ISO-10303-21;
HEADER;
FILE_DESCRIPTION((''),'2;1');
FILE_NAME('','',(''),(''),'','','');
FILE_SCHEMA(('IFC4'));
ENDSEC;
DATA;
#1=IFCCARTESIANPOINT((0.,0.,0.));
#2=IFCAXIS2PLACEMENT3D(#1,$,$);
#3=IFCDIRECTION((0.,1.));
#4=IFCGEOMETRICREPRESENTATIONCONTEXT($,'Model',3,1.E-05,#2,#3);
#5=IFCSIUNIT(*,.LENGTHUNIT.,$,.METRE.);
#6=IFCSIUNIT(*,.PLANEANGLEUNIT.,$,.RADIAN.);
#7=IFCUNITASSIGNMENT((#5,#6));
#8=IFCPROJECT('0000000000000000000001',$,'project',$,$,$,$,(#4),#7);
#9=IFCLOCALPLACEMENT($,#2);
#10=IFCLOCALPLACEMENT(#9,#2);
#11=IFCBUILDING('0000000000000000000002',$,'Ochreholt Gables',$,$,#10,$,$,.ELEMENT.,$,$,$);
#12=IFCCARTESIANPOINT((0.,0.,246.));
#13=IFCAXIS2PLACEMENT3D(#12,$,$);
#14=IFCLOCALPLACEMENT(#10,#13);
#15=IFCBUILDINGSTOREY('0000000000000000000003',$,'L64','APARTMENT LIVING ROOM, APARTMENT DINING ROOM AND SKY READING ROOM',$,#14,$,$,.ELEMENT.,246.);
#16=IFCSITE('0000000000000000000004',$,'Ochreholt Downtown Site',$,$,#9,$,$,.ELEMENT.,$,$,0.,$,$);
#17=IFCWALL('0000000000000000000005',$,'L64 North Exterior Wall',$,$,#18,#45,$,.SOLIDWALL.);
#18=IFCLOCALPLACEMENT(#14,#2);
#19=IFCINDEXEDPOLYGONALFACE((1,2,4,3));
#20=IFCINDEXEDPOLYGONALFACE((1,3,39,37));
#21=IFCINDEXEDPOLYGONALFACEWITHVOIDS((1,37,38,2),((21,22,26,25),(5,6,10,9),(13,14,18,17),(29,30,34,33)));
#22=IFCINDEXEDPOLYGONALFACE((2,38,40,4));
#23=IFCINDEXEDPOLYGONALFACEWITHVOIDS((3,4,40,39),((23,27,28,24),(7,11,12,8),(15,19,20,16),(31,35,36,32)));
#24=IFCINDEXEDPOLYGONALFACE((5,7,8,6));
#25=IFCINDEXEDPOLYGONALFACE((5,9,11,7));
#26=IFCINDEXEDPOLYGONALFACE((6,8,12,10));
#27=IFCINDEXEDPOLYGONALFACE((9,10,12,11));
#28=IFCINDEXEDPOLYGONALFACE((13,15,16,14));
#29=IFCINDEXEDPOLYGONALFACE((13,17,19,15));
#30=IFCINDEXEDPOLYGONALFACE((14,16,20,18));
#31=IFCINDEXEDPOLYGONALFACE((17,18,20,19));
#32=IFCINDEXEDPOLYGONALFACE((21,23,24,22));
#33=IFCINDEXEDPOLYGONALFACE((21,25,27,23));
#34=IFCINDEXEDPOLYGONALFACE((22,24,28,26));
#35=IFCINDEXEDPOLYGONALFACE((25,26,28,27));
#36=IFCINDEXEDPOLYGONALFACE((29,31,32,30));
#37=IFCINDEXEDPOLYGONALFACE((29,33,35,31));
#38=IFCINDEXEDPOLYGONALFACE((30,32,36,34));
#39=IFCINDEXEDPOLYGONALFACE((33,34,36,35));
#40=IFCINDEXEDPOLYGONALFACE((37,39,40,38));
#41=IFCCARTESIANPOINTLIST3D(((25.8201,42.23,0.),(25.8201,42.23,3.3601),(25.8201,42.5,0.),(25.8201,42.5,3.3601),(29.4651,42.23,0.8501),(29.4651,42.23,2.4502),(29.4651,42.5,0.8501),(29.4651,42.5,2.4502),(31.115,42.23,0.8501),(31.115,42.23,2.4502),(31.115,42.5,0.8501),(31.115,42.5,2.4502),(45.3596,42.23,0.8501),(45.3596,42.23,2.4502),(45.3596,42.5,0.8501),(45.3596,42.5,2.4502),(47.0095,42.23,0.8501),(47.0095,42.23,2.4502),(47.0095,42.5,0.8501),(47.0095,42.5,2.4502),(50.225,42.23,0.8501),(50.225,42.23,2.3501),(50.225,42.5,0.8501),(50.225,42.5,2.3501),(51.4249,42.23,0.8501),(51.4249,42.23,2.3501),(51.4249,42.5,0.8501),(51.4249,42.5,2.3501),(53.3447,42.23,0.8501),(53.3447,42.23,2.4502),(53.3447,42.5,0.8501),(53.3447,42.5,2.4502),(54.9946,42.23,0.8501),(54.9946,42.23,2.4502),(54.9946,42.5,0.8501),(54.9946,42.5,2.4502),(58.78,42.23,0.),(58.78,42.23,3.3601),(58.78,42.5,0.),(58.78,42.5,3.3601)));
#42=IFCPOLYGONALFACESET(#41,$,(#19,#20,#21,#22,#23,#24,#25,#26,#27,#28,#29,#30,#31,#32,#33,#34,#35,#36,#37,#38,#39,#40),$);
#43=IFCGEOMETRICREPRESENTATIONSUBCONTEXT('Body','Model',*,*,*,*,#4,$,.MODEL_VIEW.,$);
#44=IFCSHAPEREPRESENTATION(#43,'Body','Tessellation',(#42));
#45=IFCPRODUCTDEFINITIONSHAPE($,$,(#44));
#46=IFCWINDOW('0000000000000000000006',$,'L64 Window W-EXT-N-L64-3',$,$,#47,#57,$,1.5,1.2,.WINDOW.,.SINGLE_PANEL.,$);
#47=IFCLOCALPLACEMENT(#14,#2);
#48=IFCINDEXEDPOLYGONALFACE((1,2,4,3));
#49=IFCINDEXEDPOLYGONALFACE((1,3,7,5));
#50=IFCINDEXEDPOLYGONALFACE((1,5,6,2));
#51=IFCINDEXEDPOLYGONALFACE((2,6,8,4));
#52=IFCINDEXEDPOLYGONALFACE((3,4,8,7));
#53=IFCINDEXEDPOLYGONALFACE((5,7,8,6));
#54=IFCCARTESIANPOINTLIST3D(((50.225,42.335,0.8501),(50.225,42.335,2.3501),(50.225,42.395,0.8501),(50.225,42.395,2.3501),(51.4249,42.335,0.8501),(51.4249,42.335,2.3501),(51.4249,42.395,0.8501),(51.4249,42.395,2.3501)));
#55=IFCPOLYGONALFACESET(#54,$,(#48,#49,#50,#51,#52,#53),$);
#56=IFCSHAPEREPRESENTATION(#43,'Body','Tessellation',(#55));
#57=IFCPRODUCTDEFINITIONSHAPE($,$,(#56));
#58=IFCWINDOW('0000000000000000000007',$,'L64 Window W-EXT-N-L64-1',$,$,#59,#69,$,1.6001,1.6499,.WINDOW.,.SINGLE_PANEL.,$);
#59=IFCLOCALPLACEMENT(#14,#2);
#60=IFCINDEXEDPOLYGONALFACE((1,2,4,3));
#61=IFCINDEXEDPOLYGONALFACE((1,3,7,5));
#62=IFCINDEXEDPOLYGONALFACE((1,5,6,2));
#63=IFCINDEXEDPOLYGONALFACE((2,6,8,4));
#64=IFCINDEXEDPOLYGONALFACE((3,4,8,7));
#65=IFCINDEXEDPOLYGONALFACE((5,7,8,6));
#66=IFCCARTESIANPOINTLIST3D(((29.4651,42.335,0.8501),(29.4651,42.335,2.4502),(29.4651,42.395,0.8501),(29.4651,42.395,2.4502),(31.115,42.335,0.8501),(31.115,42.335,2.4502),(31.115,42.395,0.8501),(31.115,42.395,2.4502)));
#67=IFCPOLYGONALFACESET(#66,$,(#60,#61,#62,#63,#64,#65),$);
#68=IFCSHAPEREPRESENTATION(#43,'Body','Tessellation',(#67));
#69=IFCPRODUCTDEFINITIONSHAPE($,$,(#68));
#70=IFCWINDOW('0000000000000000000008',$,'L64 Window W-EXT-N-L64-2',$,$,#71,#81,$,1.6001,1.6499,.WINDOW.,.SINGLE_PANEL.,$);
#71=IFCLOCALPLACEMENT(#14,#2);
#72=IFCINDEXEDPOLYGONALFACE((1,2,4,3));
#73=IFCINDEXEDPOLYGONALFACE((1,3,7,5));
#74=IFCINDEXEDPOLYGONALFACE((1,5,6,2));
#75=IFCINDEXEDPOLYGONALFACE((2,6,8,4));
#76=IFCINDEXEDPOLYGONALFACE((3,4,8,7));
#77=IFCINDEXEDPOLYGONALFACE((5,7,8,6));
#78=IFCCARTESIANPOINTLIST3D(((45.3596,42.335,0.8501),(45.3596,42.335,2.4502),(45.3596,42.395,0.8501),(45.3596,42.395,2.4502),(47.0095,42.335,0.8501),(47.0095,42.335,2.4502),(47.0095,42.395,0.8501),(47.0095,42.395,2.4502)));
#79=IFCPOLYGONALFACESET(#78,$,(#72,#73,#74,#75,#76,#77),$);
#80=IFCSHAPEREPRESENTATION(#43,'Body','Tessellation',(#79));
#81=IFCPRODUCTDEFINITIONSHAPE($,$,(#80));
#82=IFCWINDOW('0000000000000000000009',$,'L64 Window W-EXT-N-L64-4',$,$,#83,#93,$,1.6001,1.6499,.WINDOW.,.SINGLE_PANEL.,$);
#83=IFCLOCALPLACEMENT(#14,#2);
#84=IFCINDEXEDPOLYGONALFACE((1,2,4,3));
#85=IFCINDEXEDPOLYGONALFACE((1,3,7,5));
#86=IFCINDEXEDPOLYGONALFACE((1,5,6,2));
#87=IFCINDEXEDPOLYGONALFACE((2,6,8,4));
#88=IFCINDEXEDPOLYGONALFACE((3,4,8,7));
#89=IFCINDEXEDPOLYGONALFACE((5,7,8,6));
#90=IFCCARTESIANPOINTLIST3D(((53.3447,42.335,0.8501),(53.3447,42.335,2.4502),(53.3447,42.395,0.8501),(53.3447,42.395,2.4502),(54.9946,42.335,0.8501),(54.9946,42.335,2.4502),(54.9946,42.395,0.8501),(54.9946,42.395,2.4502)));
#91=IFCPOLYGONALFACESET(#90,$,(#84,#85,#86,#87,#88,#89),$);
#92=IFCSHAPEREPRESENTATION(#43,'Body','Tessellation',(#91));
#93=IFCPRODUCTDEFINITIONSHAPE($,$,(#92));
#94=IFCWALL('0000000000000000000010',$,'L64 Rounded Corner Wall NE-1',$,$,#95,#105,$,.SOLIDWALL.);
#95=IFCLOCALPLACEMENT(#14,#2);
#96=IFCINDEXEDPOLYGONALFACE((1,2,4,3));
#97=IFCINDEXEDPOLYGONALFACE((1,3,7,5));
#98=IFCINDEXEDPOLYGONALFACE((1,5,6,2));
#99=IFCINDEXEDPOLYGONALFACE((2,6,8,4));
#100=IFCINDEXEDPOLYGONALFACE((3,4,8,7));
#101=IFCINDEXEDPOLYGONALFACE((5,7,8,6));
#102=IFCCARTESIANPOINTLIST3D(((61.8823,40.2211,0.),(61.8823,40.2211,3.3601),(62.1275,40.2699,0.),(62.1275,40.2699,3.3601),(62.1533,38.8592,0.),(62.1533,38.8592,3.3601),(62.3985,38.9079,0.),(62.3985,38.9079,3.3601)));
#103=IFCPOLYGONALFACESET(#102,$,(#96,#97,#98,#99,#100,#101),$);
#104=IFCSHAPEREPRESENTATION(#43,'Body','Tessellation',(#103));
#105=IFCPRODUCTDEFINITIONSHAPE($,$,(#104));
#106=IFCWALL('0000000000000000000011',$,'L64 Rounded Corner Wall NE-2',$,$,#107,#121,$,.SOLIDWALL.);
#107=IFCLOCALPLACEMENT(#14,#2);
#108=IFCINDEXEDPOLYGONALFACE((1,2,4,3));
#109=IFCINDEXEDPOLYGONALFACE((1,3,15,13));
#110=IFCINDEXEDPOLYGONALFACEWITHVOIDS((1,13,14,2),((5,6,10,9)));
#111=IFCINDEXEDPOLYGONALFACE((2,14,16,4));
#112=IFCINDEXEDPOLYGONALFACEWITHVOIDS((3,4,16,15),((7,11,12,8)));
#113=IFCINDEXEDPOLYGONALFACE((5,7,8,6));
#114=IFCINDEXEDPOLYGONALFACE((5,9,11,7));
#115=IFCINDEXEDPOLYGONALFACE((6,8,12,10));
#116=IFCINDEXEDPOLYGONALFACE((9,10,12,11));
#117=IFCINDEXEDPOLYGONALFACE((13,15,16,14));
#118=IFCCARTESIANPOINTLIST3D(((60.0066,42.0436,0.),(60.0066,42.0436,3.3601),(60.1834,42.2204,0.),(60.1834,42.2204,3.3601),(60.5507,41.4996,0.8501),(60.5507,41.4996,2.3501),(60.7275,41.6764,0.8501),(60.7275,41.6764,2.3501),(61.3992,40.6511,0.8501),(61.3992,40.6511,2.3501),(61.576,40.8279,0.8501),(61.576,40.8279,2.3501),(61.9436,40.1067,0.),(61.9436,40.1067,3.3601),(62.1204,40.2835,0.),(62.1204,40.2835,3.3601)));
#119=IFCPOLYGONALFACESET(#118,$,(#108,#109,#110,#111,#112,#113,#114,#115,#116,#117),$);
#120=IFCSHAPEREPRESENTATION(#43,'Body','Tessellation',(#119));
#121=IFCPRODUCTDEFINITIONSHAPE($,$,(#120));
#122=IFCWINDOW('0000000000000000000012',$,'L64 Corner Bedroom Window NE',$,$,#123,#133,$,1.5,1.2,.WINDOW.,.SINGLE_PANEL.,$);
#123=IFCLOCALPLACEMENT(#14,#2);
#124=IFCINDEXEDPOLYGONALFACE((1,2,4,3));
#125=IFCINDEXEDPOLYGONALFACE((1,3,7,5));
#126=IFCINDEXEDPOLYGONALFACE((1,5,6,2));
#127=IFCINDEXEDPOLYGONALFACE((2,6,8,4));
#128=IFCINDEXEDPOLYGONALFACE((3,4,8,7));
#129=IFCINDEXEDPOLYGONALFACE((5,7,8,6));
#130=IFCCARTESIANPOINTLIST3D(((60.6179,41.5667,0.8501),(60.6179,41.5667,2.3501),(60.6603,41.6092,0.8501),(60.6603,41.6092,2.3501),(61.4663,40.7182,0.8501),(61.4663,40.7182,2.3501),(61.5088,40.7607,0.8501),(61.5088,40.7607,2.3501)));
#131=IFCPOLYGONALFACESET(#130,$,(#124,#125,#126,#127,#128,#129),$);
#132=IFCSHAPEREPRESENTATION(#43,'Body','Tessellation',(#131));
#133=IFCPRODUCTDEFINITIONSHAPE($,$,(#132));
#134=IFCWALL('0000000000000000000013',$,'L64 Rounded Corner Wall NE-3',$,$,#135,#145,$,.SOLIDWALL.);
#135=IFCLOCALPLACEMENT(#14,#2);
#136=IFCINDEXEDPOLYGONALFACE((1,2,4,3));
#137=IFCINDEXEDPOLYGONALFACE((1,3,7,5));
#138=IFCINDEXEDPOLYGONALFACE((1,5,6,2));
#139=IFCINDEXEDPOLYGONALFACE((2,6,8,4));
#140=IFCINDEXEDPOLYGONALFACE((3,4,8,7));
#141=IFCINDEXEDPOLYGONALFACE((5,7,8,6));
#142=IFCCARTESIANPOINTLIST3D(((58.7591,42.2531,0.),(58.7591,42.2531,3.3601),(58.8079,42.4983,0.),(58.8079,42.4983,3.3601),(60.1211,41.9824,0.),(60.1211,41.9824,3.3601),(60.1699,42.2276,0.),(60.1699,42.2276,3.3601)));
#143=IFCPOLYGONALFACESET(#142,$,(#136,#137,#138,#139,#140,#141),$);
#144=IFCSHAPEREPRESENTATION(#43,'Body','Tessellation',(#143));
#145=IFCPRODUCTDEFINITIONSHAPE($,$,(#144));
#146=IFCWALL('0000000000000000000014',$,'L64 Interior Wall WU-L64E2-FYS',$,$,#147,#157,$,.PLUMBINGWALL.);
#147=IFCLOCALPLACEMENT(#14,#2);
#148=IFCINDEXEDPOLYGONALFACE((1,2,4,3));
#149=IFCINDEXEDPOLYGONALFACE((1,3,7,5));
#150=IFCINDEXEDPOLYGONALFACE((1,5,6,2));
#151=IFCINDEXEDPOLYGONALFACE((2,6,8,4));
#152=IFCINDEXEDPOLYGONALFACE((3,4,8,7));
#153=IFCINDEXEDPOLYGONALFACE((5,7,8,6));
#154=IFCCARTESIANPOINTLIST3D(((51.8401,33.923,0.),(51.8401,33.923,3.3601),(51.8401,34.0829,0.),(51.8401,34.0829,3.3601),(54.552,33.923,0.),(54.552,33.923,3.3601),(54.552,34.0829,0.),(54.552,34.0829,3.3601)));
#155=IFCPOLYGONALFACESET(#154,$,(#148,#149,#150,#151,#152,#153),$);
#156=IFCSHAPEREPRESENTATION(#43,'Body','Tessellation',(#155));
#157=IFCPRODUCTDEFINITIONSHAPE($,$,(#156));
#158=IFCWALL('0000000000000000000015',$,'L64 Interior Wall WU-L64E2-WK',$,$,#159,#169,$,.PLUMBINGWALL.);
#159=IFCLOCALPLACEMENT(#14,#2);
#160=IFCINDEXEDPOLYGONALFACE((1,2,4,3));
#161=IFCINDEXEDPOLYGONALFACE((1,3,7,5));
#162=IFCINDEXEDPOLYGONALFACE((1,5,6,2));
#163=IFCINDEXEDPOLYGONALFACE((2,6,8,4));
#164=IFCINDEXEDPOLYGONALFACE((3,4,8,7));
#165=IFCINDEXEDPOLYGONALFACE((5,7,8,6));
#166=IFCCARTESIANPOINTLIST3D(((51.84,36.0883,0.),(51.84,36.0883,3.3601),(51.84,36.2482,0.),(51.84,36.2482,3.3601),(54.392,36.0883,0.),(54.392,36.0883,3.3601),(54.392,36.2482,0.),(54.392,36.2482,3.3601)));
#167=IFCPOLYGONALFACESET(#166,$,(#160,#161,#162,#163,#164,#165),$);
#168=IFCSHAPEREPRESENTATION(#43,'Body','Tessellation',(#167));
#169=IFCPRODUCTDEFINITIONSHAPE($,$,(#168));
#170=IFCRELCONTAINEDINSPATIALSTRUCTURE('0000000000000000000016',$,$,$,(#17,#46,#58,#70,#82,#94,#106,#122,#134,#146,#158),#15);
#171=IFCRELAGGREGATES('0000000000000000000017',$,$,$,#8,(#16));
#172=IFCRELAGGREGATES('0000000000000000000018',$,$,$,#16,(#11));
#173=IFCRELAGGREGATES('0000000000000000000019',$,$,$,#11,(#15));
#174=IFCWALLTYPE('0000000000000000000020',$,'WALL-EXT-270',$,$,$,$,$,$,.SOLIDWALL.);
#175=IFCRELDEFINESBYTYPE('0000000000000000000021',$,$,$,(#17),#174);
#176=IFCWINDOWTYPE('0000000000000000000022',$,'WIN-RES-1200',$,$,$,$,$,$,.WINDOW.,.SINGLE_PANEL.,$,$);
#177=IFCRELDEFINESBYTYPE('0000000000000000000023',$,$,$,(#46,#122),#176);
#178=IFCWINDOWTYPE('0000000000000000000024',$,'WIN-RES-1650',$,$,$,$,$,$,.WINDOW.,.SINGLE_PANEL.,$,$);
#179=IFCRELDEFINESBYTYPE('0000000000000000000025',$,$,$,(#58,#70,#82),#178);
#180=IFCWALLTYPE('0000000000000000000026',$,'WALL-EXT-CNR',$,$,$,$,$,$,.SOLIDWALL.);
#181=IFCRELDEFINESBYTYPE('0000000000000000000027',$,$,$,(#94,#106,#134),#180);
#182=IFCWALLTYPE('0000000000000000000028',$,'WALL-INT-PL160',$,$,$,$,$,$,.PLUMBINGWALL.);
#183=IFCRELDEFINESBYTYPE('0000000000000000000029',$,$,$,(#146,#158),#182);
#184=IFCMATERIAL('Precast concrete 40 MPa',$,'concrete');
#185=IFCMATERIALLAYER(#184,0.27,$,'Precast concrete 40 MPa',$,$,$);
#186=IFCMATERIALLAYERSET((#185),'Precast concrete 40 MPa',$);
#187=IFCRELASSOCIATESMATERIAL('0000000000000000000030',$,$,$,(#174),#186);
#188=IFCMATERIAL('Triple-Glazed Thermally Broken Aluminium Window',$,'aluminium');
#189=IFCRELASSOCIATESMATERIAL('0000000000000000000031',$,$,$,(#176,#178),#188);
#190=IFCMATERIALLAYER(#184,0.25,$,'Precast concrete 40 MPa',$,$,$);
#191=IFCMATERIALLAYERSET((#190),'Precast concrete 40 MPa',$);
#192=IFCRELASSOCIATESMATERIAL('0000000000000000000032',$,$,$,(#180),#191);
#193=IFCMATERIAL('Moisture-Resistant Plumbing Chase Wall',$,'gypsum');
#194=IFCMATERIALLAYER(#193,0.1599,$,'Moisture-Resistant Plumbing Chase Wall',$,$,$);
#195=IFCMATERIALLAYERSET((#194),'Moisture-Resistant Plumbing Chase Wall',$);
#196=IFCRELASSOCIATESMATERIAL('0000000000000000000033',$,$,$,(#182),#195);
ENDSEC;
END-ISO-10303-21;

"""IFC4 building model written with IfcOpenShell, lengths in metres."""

from ifc_helpers import new_model, si_unit, direction, frame, frame_2d, origin, place, context, subcontext, project, spatial, rectangle, extrude, material, layer, layer_set, type_object, element, fill, save


model = new_model("IFC4")

# Units and contexts
model_context = context("Model", 3, precision=1e-05, world=origin(), true_north=direction((0.0, 1.0)))
body_context = subcontext(model_context, "Body", "Model", "MODEL_VIEW")
ifc_project = project(units=[si_unit("LENGTHUNIT", "METRE"), si_unit("PLANEANGLEUNIT", "RADIAN")], contexts=[model_context])

# Site, building, storey
site_placement = place(None, origin())
site = spatial("IfcSite", under=ifc_project, at=site_placement, Name="Ochreholt Downtown Site", CompositionType="ELEMENT", RefElevation=0.0)
building_placement = place(site_placement, origin())
building = spatial("IfcBuilding", under=site, at=building_placement, Name="Ochreholt Gables", CompositionType="ELEMENT")
storey_placement = place(building_placement, frame((0.0, 0.0, 246.0)))
storey = spatial("IfcBuildingStorey", under=building, at=storey_placement, Name="L64", Description="APARTMENT LIVING ROOM, APARTMENT DINING ROOM AND SKY READING ROOM", CompositionType="ELEMENT", Elevation=246.0)

# Wall, openings, windows
ifc_material_1 = material(Name="Precast concrete 40 MPa", Category="concrete")
ifc_layer_1 = layer(ifc_material_1, 0.27, Name="Precast concrete 40 MPa")
ifc_layer_set_1 = layer_set([ifc_layer_1], Name="Precast concrete 40 MPa")
wall_type_1 = type_object("IfcWallType", Name="WALL-EXT-270", PredefinedType="SOLIDWALL", material=ifc_layer_set_1)
wall_1_placement = place(storey_placement, frame((58.78, 42.365, 0.0), z_axis=(0.0, 0.0, 1.0), x_axis=(-1.0, 0.0, 0.0)))
wall_1 = element("IfcWall", 1, at=wall_1_placement, inside=storey, type_object=wall_type_1, Name="L64 North Exterior Wall", PredefinedType="SOLIDWALL", context=body_context, shape_type="SweptSolid", body=[
    extrude(rectangle(XDim=32.96, YDim=0.27, at=frame_2d((16.48, 0.0))), origin(), (0.0, 0.0, 1.0), 3.3601),
])
opening_1_placement = place(wall_1_placement, frame((27.665, 0.0, 0.8501)))
opening_1 = element("IfcOpeningElement", 2, at=opening_1_placement, cuts=wall_1, PredefinedType="OPENING", context=body_context, shape_type="SweptSolid", body=[
    extrude(rectangle(XDim=1.6499, YDim=1.6001, at=frame_2d((0.825, 0.8))), frame((0.0, 0.145, 0.0), z_axis=(0.0, -1.0, 0.0), x_axis=(1.0, 0.0, 0.0)), (0.0, 0.0, 1.0), 0.29),
])
opening_2_placement = place(wall_1_placement, frame((11.7705, 0.0, 0.8501)))
opening_2 = element("IfcOpeningElement", 3, at=opening_2_placement, cuts=wall_1, PredefinedType="OPENING", context=body_context, shape_type="SweptSolid", body=[
    extrude(rectangle(XDim=1.6499, YDim=1.6001, at=frame_2d((0.825, 0.8))), frame((0.0, 0.145, 0.0), z_axis=(0.0, -1.0, 0.0), x_axis=(1.0, 0.0, 0.0)), (0.0, 0.0, 1.0), 0.29),
])
opening_3_placement = place(wall_1_placement, frame((7.355, 0.0, 0.8501)))
opening_3 = element("IfcOpeningElement", 4, at=opening_3_placement, cuts=wall_1, PredefinedType="OPENING", context=body_context, shape_type="SweptSolid", body=[
    extrude(rectangle(XDim=1.2, YDim=1.5, at=frame_2d((0.6001, 0.75))), frame((0.0, 0.145, 0.0), z_axis=(0.0, -1.0, 0.0), x_axis=(1.0, 0.0, 0.0)), (0.0, 0.0, 1.0), 0.29),
])
opening_4_placement = place(wall_1_placement, frame((3.7854, 0.0, 0.8501)))
opening_4 = element("IfcOpeningElement", 5, at=opening_4_placement, cuts=wall_1, PredefinedType="OPENING", context=body_context, shape_type="SweptSolid", body=[
    extrude(rectangle(XDim=1.6499, YDim=1.6001, at=frame_2d((0.825, 0.8))), frame((0.0, 0.145, 0.0), z_axis=(0.0, -1.0, 0.0), x_axis=(1.0, 0.0, 0.0)), (0.0, 0.0, 1.0), 0.29),
])
ifc_material_2 = material(Name="Triple-Glazed Thermally Broken Aluminium Window", Category="aluminium")
window_type_1 = type_object("IfcWindowType", Name="WIN-RES-1200", PartitioningType="SINGLE_PANEL", PredefinedType="WINDOW", material=ifc_material_2)
window_1_placement = place(opening_3_placement, origin())
window_1 = element("IfcWindow", 6, at=window_1_placement, inside=storey, type_object=window_type_1, Name="L64 Window W-EXT-N-L64-3", OverallHeight=1.5, OverallWidth=1.2, PartitioningType="SINGLE_PANEL", PredefinedType="WINDOW", context=body_context, shape_type="SweptSolid", body=[
    extrude(rectangle(XDim=1.2, YDim=1.5, at=frame_2d((0.6001, 0.75))), frame((0.0, 0.03, 0.0), z_axis=(0.0, -1.0, 0.0), x_axis=(1.0, 0.0, 0.0)), (0.0, 0.0, 1.0), 0.0601),
])
fill(opening_3, window_1)
window_type_2 = type_object("IfcWindowType", Name="WIN-RES-1650", PartitioningType="SINGLE_PANEL", PredefinedType="WINDOW", material=ifc_material_2)
window_2_placement = place(opening_1_placement, origin())
window_2 = element("IfcWindow", 7, at=window_2_placement, inside=storey, type_object=window_type_2, Name="L64 Window W-EXT-N-L64-1", OverallHeight=1.6001, OverallWidth=1.6499, PartitioningType="SINGLE_PANEL", PredefinedType="WINDOW", context=body_context, shape_type="SweptSolid", body=[
    extrude(rectangle(XDim=1.6499, YDim=1.6001, at=frame_2d((0.825, 0.8))), frame((0.0, 0.03, 0.0), z_axis=(0.0, -1.0, 0.0), x_axis=(1.0, 0.0, 0.0)), (0.0, 0.0, 1.0), 0.0601),
])
fill(opening_1, window_2)
window_3_placement = place(opening_2_placement, origin())
window_3 = element("IfcWindow", 8, at=window_3_placement, inside=storey, type_object=window_type_2, Name="L64 Window W-EXT-N-L64-2", OverallHeight=1.6001, OverallWidth=1.6499, PartitioningType="SINGLE_PANEL", PredefinedType="WINDOW", context=body_context, shape_type="SweptSolid", body=[
    extrude(rectangle(XDim=1.6499, YDim=1.6001, at=frame_2d((0.825, 0.8))), frame((0.0, 0.03, 0.0), z_axis=(0.0, -1.0, 0.0), x_axis=(1.0, 0.0, 0.0)), (0.0, 0.0, 1.0), 0.0601),
])
fill(opening_2, window_3)
window_4_placement = place(opening_4_placement, origin())
window_4 = element("IfcWindow", 9, at=window_4_placement, inside=storey, type_object=window_type_2, Name="L64 Window W-EXT-N-L64-4", OverallHeight=1.6001, OverallWidth=1.6499, PartitioningType="SINGLE_PANEL", PredefinedType="WINDOW", context=body_context, shape_type="SweptSolid", body=[
    extrude(rectangle(XDim=1.6499, YDim=1.6001, at=frame_2d((0.825, 0.8))), frame((0.0, 0.03, 0.0), z_axis=(0.0, -1.0, 0.0), x_axis=(1.0, 0.0, 0.0)), (0.0, 0.0, 1.0), 0.0601),
])
fill(opening_4, window_4)

# Wall
ifc_layer_2 = layer(ifc_material_1, 0.25, Name="Precast concrete 40 MPa")
ifc_layer_set_2 = layer_set([ifc_layer_2], Name="Precast concrete 40 MPa")
wall_type_2 = type_object("IfcWallType", Name="WALL-EXT-CNR", PredefinedType="SOLIDWALL", material=ifc_layer_set_2)
wall_2_placement = place(storey_placement, frame((62.2759, 38.8835, 0.0), z_axis=(0.0, 0.0, 1.0), x_axis=(-0.195136, 0.980776, 0.0)))
element("IfcWall", 10, at=wall_2_placement, inside=storey, type_object=wall_type_2, Name="L64 Rounded Corner Wall NE-1", PredefinedType="SOLIDWALL", context=body_context, shape_type="SweptSolid", body=[
    extrude(rectangle(XDim=1.3887, YDim=0.25, at=frame_2d((0.6943, 0.0))), origin(), (0.0, 0.0, 1.0), 3.3601),
])

# Wall, opening, window
wall_3_placement = place(storey_placement, frame((62.032, 40.1951, 0.0), z_axis=(0.0, 0.0, 1.0), x_axis=(-0.707107, 0.707107, 0.0)))
wall_3 = element("IfcWall", 11, at=wall_3_placement, inside=storey, type_object=wall_type_2, Name="L64 Rounded Corner Wall NE-2", PredefinedType="SOLIDWALL", context=body_context, shape_type="SweptSolid", body=[
    extrude(rectangle(XDim=2.7393, YDim=0.25, at=frame_2d((1.3696, 0.0))), origin(), (0.0, 0.0, 1.0), 3.3601),
])
opening_5_placement = place(wall_3_placement, frame((0.7698, 0.0, 0.8501)))
opening_5 = element("IfcOpeningElement", 12, at=opening_5_placement, cuts=wall_3, PredefinedType="OPENING", context=body_context, shape_type="SweptSolid", body=[
    extrude(rectangle(XDim=1.2, YDim=1.5, at=frame_2d((0.6001, 0.75))), frame((0.0, 0.135, 0.0), z_axis=(0.0, -1.0, 0.0), x_axis=(1.0, 0.0, 0.0)), (0.0, 0.0, 1.0), 0.27),
])
window_5_placement = place(opening_5_placement, origin())
window_5 = element("IfcWindow", 13, at=window_5_placement, inside=storey, type_object=window_type_1, Name="L64 Corner Bedroom Window NE", OverallHeight=1.5, OverallWidth=1.2, PartitioningType="SINGLE_PANEL", PredefinedType="WINDOW", context=body_context, shape_type="SweptSolid", body=[
    extrude(rectangle(XDim=1.2, YDim=1.5, at=frame_2d((0.6001, 0.75))), frame((0.0, 0.03, 0.0), z_axis=(0.0, -1.0, 0.0), x_axis=(1.0, 0.0, 0.0)), (0.0, 0.0, 1.0), 0.0601),
])
fill(opening_5, window_5)

# Walls
wall_4_placement = place(storey_placement, frame((60.1455, 42.105, 0.0), z_axis=(0.0, 0.0, 1.0), x_axis=(-0.98081, 0.194967, 0.0)))
element("IfcWall", 14, at=wall_4_placement, inside=storey, type_object=wall_type_2, Name="L64 Rounded Corner Wall NE-3", PredefinedType="SOLIDWALL", context=body_context, shape_type="SweptSolid", body=[
    extrude(rectangle(XDim=1.3887, YDim=0.25, at=frame_2d((0.6943, 0.0))), origin(), (0.0, 0.0, 1.0), 3.3601),
])
ifc_material_3 = material(Name="Moisture-Resistant Plumbing Chase Wall", Category="gypsum")
ifc_layer_3 = layer(ifc_material_3, 0.1599, Name="Moisture-Resistant Plumbing Chase Wall")
ifc_layer_set_3 = layer_set([ifc_layer_3], Name="Moisture-Resistant Plumbing Chase Wall")
wall_type_3 = type_object("IfcWallType", Name="WALL-INT-PL160", PredefinedType="PLUMBINGWALL", material=ifc_layer_set_3)
wall_5_placement = place(storey_placement, frame((51.8401, 34.0029, 0.0), z_axis=(0.0, 0.0, 1.0), x_axis=(1.0, 0.0, 0.0)))
element("IfcWall", 15, at=wall_5_placement, inside=storey, type_object=wall_type_3, Name="L64 Interior Wall WU-L64E2-FYS", PredefinedType="PLUMBINGWALL", context=body_context, shape_type="SweptSolid", body=[
    extrude(rectangle(XDim=2.7119, YDim=0.1599, at=frame_2d((1.356, 0.0))), origin(), (0.0, 0.0, 1.0), 3.3601),
])
wall_6_placement = place(storey_placement, frame((51.8401, 36.1682, 0.0), z_axis=(0.0, 0.0, 1.0), x_axis=(1.0, 0.0, 0.0)))
element("IfcWall", 16, at=wall_6_placement, inside=storey, type_object=wall_type_3, Name="L64 Interior Wall WU-L64E2-WK", PredefinedType="PLUMBINGWALL", context=body_context, shape_type="SweptSolid", body=[
    extrude(rectangle(XDim=2.552, YDim=0.1599, at=frame_2d((1.2759, 0.0))), origin(), (0.0, 0.0, 1.0), 3.3601),
])

save(model, "model.ifc")
